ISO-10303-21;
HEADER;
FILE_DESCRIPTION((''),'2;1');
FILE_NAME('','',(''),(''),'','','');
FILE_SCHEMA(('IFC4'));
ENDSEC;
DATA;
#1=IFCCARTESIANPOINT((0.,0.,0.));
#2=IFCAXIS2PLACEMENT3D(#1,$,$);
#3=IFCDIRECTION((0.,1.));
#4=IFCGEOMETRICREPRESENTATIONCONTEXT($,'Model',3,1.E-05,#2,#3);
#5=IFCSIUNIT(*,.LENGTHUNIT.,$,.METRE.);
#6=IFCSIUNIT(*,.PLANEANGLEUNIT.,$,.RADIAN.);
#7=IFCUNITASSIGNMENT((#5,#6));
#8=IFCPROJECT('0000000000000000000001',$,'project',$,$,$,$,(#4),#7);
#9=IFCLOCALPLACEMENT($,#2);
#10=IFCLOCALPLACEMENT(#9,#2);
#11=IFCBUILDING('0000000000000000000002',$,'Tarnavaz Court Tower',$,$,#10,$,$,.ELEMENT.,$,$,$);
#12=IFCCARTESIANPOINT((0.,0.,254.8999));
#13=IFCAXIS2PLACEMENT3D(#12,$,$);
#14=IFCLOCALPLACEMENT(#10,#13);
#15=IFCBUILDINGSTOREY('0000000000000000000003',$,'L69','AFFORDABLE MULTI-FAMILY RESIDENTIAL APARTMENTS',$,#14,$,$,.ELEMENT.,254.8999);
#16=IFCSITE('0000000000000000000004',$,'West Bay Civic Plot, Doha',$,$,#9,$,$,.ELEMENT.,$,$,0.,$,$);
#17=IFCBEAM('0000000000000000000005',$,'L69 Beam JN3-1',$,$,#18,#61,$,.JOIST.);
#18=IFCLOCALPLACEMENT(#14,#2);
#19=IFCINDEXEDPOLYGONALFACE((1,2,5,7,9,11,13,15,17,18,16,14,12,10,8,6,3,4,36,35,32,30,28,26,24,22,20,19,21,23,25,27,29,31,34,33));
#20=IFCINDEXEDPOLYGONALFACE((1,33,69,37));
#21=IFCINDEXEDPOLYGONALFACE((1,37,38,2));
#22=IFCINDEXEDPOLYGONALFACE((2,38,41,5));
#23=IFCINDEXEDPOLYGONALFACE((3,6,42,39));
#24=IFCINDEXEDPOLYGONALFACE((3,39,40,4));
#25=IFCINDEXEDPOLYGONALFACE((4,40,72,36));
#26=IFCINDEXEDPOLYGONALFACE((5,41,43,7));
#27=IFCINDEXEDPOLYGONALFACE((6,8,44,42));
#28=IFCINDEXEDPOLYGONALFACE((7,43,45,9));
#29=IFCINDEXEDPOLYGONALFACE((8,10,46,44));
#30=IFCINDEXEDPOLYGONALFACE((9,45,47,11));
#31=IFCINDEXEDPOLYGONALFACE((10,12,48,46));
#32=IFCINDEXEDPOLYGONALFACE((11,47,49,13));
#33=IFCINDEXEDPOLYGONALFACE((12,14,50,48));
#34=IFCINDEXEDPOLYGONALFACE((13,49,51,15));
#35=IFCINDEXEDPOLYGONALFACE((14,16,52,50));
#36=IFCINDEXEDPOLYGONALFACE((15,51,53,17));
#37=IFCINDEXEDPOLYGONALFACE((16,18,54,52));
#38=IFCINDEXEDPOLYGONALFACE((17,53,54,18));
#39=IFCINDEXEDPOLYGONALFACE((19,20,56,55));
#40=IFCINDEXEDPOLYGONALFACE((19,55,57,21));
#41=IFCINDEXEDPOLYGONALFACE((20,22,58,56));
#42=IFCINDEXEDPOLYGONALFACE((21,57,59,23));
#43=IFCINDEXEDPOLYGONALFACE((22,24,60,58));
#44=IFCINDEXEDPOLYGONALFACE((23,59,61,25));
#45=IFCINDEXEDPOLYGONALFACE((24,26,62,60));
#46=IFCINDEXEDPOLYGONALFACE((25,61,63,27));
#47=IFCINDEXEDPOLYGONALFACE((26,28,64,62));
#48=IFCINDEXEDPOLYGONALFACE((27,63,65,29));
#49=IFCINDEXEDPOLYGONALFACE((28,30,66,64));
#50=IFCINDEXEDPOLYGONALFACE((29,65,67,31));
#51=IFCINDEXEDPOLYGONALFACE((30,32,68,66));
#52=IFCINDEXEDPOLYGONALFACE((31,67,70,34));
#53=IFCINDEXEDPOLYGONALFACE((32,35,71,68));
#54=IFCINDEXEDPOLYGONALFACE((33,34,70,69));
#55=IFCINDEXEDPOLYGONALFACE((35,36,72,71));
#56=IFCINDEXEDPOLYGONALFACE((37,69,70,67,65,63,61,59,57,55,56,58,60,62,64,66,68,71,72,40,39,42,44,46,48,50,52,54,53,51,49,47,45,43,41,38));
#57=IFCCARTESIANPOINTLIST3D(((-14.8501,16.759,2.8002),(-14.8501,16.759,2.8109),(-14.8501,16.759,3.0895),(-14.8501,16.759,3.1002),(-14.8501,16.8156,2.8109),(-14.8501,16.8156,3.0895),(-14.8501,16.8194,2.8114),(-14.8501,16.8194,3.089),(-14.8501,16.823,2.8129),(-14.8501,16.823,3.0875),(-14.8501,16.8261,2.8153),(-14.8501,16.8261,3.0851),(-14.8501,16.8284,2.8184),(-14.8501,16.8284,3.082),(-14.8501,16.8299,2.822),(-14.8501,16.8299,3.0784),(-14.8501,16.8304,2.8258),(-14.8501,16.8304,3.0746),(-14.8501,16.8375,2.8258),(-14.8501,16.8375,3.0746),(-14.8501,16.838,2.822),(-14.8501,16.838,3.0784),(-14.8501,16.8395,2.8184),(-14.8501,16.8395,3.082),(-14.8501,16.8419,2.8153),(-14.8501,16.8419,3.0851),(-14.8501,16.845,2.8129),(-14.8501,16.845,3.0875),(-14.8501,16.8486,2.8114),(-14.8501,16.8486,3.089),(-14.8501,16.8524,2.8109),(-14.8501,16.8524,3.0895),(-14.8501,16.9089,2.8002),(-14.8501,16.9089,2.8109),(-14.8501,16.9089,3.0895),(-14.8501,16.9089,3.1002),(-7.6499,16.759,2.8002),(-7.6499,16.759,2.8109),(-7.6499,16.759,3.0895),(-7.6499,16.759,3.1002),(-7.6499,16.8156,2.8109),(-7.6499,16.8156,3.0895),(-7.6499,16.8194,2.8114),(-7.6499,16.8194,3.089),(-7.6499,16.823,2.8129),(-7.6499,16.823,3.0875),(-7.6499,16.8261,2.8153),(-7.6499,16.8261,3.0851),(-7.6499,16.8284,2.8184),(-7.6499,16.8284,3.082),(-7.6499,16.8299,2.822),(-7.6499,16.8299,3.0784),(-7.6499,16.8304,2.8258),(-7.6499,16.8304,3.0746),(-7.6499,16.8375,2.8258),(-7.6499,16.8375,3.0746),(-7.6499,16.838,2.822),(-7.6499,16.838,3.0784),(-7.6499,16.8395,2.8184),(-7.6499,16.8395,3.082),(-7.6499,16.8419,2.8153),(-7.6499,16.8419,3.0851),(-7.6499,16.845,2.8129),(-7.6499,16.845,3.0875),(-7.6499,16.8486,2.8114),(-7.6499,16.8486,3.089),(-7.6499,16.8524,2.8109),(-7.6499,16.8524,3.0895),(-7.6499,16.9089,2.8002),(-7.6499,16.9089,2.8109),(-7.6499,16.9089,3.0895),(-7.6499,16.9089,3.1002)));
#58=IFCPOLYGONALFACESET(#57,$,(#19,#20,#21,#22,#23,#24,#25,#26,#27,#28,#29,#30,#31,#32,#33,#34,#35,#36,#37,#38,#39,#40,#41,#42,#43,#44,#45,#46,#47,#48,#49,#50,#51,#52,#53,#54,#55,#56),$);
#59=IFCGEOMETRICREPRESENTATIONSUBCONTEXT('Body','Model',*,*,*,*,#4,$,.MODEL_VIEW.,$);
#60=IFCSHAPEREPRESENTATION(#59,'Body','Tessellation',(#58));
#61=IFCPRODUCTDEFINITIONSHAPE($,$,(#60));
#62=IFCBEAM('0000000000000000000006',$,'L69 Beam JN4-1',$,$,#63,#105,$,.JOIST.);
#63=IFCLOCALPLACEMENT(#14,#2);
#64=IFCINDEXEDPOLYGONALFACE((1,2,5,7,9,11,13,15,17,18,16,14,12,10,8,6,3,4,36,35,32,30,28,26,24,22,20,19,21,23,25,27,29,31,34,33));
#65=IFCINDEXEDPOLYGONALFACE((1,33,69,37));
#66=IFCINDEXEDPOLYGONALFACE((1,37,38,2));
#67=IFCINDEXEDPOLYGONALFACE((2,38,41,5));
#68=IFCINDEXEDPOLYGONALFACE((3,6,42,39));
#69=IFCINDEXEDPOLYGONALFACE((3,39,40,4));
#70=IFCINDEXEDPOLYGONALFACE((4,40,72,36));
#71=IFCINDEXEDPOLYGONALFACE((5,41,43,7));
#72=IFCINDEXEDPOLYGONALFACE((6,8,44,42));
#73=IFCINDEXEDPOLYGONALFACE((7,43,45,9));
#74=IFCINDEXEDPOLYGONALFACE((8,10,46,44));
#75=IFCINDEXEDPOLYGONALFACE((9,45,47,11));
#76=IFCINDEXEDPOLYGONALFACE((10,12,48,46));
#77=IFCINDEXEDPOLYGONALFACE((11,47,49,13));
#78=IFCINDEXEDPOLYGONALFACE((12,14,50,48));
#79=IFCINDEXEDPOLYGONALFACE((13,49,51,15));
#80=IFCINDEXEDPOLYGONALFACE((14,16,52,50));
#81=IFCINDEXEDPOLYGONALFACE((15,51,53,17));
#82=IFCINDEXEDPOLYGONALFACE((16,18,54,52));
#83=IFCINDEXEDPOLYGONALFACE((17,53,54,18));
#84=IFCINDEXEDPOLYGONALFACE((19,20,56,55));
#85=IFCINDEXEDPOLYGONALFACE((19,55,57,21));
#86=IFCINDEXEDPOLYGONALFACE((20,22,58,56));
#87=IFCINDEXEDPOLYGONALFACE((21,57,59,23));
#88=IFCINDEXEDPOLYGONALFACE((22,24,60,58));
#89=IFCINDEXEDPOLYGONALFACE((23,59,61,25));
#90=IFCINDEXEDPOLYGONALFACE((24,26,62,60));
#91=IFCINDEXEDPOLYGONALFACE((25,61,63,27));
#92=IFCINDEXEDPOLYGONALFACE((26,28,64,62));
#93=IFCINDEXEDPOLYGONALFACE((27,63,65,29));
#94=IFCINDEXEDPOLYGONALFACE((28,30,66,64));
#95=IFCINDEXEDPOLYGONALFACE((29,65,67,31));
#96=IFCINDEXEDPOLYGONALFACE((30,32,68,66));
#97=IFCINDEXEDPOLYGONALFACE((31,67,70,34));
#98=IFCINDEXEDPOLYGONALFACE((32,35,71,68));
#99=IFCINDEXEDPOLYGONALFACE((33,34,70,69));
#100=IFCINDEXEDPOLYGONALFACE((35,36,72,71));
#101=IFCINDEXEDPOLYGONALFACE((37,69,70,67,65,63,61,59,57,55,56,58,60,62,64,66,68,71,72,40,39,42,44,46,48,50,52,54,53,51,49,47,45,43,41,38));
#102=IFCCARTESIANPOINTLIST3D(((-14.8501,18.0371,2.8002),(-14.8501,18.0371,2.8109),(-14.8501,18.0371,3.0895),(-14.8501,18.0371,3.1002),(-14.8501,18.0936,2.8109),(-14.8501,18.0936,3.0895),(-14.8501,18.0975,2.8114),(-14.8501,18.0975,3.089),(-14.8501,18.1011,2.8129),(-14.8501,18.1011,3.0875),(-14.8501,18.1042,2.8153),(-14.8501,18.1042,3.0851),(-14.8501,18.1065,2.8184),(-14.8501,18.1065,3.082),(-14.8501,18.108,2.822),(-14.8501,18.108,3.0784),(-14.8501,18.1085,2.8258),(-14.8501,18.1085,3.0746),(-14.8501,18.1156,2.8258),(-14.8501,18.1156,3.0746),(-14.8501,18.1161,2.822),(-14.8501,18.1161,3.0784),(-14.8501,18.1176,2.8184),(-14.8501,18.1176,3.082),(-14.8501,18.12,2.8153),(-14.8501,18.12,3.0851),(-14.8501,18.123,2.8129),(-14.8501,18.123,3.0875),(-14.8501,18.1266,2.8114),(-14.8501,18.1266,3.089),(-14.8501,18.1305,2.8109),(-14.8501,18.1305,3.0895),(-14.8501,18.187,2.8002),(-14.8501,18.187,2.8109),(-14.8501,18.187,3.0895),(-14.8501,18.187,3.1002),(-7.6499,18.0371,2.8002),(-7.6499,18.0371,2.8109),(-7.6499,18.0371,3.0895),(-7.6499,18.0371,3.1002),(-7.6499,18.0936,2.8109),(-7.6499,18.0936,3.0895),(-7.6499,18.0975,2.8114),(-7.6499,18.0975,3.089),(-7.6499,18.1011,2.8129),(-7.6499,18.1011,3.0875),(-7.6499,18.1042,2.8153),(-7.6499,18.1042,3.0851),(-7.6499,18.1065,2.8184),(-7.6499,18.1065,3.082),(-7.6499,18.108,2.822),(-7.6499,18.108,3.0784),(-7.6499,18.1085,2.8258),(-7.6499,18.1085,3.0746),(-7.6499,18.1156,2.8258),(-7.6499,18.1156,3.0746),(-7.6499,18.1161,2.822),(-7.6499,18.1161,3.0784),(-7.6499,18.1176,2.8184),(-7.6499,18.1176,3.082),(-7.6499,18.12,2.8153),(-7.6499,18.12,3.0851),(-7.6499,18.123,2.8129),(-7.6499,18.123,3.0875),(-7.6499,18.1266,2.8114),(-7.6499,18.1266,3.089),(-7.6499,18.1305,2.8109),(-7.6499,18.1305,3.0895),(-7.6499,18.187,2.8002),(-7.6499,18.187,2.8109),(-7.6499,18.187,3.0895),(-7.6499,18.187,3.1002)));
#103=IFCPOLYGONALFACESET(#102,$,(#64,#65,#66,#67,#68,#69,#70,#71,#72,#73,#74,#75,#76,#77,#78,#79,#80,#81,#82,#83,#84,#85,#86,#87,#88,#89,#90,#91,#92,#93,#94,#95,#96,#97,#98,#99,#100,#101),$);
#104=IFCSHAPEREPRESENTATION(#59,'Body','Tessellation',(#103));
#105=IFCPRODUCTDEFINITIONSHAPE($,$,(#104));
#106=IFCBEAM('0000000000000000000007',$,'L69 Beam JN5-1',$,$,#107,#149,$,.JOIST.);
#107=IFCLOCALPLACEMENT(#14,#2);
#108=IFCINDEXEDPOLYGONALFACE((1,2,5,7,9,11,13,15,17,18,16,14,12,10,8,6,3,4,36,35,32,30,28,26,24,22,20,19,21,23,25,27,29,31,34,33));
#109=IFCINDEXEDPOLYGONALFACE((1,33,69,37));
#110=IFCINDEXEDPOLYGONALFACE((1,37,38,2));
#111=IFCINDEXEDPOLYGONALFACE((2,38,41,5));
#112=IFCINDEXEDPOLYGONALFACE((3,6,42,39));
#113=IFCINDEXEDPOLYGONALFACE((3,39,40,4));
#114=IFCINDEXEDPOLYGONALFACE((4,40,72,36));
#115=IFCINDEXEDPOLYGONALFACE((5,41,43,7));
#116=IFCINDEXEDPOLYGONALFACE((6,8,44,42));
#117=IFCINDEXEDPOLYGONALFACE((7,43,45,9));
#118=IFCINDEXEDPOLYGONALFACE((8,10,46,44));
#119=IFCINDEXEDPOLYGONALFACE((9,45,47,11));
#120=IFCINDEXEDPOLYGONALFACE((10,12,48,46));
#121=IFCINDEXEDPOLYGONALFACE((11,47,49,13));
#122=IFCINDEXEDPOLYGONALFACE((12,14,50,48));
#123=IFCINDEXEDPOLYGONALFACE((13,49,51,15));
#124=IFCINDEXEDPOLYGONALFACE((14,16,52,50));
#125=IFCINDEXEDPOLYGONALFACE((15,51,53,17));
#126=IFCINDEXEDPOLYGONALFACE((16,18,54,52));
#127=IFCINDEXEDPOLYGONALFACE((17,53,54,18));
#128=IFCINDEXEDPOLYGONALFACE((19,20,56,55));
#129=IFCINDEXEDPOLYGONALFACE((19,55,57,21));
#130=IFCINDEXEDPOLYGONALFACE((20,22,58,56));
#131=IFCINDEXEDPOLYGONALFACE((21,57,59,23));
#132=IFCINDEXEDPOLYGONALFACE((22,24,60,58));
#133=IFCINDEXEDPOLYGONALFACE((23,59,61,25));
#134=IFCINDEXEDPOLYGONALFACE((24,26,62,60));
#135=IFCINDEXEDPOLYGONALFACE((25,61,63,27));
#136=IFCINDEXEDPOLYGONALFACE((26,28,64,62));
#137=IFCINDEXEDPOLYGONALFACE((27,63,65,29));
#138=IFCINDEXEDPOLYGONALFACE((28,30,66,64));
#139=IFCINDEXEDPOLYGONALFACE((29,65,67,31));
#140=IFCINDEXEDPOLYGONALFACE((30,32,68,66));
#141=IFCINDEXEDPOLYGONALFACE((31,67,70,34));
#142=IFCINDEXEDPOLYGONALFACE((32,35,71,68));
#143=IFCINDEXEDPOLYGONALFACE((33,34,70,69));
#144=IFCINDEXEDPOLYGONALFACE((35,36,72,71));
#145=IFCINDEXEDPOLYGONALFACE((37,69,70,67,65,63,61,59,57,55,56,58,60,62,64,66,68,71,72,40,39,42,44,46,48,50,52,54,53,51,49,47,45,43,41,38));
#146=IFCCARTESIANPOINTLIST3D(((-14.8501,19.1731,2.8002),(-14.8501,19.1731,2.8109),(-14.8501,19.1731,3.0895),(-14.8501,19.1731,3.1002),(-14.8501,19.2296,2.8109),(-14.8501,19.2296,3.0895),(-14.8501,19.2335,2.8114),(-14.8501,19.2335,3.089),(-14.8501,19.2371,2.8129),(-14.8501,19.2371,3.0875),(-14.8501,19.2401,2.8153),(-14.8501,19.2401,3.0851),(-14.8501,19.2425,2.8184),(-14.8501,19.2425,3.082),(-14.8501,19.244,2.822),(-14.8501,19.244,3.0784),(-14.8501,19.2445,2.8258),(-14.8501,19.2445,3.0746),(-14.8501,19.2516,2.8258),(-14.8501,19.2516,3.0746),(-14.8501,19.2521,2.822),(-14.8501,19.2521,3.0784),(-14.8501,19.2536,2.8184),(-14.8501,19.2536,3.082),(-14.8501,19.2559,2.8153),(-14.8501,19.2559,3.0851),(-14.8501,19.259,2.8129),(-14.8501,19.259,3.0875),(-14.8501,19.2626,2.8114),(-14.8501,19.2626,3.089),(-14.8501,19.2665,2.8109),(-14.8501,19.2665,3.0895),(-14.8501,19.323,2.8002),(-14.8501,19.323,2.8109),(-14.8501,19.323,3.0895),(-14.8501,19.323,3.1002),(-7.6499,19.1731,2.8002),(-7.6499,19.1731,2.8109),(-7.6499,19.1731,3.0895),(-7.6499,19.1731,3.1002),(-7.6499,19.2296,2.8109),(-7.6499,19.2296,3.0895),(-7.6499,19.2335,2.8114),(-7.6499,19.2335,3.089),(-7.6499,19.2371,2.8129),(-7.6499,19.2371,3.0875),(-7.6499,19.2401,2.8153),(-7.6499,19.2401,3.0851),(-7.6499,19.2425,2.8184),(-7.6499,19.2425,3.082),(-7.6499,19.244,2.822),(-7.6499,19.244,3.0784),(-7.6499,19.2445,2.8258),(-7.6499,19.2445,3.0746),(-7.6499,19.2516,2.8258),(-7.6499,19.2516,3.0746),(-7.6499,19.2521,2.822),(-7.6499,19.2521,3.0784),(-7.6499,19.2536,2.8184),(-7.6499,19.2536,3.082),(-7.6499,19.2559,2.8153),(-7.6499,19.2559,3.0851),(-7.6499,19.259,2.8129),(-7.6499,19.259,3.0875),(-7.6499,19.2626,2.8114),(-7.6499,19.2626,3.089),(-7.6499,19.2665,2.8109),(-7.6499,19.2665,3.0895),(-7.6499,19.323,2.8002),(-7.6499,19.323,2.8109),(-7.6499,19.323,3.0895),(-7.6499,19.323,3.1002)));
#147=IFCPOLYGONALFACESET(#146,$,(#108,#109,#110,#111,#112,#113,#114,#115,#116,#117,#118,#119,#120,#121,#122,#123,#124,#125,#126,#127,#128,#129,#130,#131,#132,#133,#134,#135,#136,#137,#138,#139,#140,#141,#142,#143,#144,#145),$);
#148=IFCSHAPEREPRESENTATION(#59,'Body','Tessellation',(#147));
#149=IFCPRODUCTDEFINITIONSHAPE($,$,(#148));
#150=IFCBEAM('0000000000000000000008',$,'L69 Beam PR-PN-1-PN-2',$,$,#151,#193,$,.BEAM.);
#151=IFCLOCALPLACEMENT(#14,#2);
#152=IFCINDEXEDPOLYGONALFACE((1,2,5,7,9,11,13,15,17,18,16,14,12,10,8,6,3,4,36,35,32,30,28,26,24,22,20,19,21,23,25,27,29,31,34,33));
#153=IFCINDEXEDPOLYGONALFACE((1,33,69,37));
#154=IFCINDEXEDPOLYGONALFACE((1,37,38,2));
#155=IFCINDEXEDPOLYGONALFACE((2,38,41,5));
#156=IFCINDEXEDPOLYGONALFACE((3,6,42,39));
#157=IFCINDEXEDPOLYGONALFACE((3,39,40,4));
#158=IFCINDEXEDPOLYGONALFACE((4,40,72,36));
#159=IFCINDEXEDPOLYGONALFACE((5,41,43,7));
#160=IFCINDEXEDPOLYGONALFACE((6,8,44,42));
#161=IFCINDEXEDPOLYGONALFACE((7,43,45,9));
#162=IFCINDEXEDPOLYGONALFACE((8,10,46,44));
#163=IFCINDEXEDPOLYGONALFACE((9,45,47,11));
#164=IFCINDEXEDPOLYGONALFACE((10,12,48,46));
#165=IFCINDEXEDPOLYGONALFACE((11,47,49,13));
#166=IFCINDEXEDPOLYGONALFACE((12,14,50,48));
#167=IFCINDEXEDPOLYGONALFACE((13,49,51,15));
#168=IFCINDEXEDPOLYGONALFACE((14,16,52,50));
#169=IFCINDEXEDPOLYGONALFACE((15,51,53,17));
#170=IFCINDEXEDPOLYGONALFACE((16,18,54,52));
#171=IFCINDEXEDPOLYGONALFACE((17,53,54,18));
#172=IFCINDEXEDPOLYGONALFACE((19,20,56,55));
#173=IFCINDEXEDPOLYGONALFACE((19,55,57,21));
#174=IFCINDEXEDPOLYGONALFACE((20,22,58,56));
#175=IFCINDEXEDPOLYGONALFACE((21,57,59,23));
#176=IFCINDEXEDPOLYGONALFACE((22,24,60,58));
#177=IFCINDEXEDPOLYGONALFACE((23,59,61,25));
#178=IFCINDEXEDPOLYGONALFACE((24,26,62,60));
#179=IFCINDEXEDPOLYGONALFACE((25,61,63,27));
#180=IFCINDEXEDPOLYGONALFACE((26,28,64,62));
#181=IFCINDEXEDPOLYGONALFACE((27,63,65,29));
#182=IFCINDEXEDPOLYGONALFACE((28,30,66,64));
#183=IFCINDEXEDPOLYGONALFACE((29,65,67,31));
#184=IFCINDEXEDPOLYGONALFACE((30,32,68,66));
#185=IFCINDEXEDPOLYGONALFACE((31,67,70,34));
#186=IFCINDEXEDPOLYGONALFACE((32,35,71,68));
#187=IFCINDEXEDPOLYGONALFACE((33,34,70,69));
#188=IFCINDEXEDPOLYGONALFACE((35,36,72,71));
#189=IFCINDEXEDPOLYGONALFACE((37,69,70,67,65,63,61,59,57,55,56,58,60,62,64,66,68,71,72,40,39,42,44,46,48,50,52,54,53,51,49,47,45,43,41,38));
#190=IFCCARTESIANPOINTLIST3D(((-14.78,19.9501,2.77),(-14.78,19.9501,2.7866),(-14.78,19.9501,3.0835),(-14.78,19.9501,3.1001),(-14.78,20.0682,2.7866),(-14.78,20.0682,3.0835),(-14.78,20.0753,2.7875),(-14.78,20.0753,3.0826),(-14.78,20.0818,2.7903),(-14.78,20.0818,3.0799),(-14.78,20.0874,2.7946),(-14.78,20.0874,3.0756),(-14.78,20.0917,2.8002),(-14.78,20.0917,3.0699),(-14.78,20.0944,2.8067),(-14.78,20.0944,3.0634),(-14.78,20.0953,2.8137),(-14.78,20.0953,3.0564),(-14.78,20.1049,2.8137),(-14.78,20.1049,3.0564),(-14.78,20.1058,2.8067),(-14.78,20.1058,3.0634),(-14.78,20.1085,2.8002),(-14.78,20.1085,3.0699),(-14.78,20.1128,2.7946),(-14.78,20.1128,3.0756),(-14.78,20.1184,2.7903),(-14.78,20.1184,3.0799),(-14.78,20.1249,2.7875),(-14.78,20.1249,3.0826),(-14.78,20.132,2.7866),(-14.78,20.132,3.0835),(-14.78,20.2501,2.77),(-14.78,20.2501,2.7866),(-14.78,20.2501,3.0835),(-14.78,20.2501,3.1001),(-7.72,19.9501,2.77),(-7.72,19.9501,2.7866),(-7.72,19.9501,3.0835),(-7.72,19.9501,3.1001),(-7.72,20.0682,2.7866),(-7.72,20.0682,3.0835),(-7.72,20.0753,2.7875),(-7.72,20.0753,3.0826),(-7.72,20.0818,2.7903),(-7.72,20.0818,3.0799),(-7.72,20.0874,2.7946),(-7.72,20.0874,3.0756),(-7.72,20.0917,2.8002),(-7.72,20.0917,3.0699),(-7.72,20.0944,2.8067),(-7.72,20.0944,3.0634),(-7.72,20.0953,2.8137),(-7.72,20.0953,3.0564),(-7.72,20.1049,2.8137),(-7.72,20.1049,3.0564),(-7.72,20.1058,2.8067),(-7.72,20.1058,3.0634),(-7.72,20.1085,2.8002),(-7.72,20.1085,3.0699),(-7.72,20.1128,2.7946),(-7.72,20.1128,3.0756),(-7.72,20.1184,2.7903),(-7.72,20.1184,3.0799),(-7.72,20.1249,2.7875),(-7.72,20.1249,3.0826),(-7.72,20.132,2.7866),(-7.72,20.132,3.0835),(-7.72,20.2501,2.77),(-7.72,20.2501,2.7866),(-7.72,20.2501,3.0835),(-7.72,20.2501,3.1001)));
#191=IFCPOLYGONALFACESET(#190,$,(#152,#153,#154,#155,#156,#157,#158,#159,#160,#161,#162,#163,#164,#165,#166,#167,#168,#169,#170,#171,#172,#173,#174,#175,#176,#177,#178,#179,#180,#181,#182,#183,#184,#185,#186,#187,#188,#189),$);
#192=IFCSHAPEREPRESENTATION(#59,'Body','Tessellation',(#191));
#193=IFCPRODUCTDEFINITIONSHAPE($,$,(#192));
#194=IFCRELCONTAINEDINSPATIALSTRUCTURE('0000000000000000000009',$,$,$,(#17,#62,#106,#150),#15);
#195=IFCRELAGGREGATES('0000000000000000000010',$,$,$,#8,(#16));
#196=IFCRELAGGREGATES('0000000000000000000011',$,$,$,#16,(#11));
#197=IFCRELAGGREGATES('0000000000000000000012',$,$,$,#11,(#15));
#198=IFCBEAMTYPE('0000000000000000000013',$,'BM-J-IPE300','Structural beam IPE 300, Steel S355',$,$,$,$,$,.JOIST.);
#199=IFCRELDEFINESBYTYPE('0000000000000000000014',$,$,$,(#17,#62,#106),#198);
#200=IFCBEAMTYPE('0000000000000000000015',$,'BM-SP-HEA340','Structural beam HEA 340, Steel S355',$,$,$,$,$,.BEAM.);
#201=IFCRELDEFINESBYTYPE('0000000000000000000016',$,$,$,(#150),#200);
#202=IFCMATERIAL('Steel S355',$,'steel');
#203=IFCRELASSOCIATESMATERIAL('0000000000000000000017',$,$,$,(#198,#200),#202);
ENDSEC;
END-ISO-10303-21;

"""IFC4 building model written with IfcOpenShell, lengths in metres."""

from ifc_helpers import new_model, si_unit, direction, frame, origin, origin_2d, place, context, subcontext, project, spatial, i_section, extrude, material, material_profile, profile_set, type_object, element, save


model = new_model("IFC4")

# Units and contexts
model_context = context("Model", 3, precision=1e-05, world=origin(), true_north=direction((0.0, 1.0)))
body_context = subcontext(model_context, "Body", "Model", "MODEL_VIEW")
ifc_project = project(units=[si_unit("LENGTHUNIT", "METRE"), si_unit("PLANEANGLEUNIT", "RADIAN")], contexts=[model_context])

# Site, building, storey
site_placement = place(None, origin())
site = spatial("IfcSite", under=ifc_project, at=site_placement, Name="West Bay Civic Plot, Doha", CompositionType="ELEMENT", RefElevation=0.0)
building_placement = place(site_placement, origin())
building = spatial("IfcBuilding", under=site, at=building_placement, Name="Tarnavaz Court Tower", CompositionType="ELEMENT")
storey_placement = place(building_placement, frame((0.0, 0.0, 254.8999)))
storey = spatial("IfcBuildingStorey", under=building, at=storey_placement, Name="L69", Description="AFFORDABLE MULTI-FAMILY RESIDENTIAL APARTMENTS", CompositionType="ELEMENT", Elevation=254.8999)

# Beams
ifc_material_1 = material(Name="Steel S355", Category="steel")
ifc_material_profile_1 = material_profile(ifc_material_1, i_section(OverallWidth=0.1499, OverallDepth=0.3, WebThickness=0.0071, FlangeThickness=0.0107, FilletRadius=0.0149, at=origin_2d()), Name="IPE 300")
ifc_profile_set_1 = profile_set([ifc_material_profile_1], Name="Steel S355")
beam_type_1 = type_object("IfcBeamType", Name="BM-J-IPE300", Description="Structural beam IPE 300, Steel S355", PredefinedType="JOIST", material=ifc_profile_set_1)
for number, where, z_axis, x_axis, name in (
    (1, (-14.8501, 16.834, 2.9502), (1.0, 0.0, 0.0), (0.0, 1.0, 0.0), "L69 Beam JN3-1"),
    (2, (-14.8501, 18.1121, 2.9502), (1.0, 0.0, 0.0), (0.0, 1.0, 0.0), "L69 Beam JN4-1"),
    (3, (-14.8501, 19.248, 2.9502), (1.0, 0.0, 0.0), (0.0, 1.0, 0.0), "L69 Beam JN5-1"),
):
    element("IfcBeam", number, at=place(storey_placement, frame(where, z_axis=z_axis, x_axis=x_axis)), inside=storey, type_object=beam_type_1, Name=name, PredefinedType="JOIST", context=body_context, shape_type="SweptSolid", body=[
        extrude(i_section(OverallWidth=0.1499, OverallDepth=0.3, WebThickness=0.0071, FlangeThickness=0.0107, FilletRadius=0.0149, at=origin_2d()), origin(), (0.0, 0.0, 1.0), 7.2002),
    ])
ifc_material_profile_2 = material_profile(ifc_material_1, i_section(OverallWidth=0.3, OverallDepth=0.3301, WebThickness=0.0095, FlangeThickness=0.0166, FilletRadius=0.0271, at=origin_2d()), Name="HEA 340")
ifc_profile_set_2 = profile_set([ifc_material_profile_2], Name="Steel S355")
beam_type_2 = type_object("IfcBeamType", Name="BM-SP-HEA340", Description="Structural beam HEA 340, Steel S355", PredefinedType="BEAM", material=ifc_profile_set_2)
beam_1_placement = place(storey_placement, frame((-14.78, 20.1001, 2.9351), z_axis=(1.0, 0.0, 0.0), x_axis=(0.0, 1.0, 0.0)))
element("IfcBeam", 4, at=beam_1_placement, inside=storey, type_object=beam_type_2, Name="L69 Beam PR-PN-1-PN-2", PredefinedType="BEAM", context=body_context, shape_type="SweptSolid", body=[
    extrude(i_section(OverallWidth=0.3, OverallDepth=0.3301, WebThickness=0.0095, FlangeThickness=0.0166, FilletRadius=0.0271, at=origin_2d()), origin(), (0.0, 0.0, 1.0), 7.0601),
])

save(model, "model.ifc")
